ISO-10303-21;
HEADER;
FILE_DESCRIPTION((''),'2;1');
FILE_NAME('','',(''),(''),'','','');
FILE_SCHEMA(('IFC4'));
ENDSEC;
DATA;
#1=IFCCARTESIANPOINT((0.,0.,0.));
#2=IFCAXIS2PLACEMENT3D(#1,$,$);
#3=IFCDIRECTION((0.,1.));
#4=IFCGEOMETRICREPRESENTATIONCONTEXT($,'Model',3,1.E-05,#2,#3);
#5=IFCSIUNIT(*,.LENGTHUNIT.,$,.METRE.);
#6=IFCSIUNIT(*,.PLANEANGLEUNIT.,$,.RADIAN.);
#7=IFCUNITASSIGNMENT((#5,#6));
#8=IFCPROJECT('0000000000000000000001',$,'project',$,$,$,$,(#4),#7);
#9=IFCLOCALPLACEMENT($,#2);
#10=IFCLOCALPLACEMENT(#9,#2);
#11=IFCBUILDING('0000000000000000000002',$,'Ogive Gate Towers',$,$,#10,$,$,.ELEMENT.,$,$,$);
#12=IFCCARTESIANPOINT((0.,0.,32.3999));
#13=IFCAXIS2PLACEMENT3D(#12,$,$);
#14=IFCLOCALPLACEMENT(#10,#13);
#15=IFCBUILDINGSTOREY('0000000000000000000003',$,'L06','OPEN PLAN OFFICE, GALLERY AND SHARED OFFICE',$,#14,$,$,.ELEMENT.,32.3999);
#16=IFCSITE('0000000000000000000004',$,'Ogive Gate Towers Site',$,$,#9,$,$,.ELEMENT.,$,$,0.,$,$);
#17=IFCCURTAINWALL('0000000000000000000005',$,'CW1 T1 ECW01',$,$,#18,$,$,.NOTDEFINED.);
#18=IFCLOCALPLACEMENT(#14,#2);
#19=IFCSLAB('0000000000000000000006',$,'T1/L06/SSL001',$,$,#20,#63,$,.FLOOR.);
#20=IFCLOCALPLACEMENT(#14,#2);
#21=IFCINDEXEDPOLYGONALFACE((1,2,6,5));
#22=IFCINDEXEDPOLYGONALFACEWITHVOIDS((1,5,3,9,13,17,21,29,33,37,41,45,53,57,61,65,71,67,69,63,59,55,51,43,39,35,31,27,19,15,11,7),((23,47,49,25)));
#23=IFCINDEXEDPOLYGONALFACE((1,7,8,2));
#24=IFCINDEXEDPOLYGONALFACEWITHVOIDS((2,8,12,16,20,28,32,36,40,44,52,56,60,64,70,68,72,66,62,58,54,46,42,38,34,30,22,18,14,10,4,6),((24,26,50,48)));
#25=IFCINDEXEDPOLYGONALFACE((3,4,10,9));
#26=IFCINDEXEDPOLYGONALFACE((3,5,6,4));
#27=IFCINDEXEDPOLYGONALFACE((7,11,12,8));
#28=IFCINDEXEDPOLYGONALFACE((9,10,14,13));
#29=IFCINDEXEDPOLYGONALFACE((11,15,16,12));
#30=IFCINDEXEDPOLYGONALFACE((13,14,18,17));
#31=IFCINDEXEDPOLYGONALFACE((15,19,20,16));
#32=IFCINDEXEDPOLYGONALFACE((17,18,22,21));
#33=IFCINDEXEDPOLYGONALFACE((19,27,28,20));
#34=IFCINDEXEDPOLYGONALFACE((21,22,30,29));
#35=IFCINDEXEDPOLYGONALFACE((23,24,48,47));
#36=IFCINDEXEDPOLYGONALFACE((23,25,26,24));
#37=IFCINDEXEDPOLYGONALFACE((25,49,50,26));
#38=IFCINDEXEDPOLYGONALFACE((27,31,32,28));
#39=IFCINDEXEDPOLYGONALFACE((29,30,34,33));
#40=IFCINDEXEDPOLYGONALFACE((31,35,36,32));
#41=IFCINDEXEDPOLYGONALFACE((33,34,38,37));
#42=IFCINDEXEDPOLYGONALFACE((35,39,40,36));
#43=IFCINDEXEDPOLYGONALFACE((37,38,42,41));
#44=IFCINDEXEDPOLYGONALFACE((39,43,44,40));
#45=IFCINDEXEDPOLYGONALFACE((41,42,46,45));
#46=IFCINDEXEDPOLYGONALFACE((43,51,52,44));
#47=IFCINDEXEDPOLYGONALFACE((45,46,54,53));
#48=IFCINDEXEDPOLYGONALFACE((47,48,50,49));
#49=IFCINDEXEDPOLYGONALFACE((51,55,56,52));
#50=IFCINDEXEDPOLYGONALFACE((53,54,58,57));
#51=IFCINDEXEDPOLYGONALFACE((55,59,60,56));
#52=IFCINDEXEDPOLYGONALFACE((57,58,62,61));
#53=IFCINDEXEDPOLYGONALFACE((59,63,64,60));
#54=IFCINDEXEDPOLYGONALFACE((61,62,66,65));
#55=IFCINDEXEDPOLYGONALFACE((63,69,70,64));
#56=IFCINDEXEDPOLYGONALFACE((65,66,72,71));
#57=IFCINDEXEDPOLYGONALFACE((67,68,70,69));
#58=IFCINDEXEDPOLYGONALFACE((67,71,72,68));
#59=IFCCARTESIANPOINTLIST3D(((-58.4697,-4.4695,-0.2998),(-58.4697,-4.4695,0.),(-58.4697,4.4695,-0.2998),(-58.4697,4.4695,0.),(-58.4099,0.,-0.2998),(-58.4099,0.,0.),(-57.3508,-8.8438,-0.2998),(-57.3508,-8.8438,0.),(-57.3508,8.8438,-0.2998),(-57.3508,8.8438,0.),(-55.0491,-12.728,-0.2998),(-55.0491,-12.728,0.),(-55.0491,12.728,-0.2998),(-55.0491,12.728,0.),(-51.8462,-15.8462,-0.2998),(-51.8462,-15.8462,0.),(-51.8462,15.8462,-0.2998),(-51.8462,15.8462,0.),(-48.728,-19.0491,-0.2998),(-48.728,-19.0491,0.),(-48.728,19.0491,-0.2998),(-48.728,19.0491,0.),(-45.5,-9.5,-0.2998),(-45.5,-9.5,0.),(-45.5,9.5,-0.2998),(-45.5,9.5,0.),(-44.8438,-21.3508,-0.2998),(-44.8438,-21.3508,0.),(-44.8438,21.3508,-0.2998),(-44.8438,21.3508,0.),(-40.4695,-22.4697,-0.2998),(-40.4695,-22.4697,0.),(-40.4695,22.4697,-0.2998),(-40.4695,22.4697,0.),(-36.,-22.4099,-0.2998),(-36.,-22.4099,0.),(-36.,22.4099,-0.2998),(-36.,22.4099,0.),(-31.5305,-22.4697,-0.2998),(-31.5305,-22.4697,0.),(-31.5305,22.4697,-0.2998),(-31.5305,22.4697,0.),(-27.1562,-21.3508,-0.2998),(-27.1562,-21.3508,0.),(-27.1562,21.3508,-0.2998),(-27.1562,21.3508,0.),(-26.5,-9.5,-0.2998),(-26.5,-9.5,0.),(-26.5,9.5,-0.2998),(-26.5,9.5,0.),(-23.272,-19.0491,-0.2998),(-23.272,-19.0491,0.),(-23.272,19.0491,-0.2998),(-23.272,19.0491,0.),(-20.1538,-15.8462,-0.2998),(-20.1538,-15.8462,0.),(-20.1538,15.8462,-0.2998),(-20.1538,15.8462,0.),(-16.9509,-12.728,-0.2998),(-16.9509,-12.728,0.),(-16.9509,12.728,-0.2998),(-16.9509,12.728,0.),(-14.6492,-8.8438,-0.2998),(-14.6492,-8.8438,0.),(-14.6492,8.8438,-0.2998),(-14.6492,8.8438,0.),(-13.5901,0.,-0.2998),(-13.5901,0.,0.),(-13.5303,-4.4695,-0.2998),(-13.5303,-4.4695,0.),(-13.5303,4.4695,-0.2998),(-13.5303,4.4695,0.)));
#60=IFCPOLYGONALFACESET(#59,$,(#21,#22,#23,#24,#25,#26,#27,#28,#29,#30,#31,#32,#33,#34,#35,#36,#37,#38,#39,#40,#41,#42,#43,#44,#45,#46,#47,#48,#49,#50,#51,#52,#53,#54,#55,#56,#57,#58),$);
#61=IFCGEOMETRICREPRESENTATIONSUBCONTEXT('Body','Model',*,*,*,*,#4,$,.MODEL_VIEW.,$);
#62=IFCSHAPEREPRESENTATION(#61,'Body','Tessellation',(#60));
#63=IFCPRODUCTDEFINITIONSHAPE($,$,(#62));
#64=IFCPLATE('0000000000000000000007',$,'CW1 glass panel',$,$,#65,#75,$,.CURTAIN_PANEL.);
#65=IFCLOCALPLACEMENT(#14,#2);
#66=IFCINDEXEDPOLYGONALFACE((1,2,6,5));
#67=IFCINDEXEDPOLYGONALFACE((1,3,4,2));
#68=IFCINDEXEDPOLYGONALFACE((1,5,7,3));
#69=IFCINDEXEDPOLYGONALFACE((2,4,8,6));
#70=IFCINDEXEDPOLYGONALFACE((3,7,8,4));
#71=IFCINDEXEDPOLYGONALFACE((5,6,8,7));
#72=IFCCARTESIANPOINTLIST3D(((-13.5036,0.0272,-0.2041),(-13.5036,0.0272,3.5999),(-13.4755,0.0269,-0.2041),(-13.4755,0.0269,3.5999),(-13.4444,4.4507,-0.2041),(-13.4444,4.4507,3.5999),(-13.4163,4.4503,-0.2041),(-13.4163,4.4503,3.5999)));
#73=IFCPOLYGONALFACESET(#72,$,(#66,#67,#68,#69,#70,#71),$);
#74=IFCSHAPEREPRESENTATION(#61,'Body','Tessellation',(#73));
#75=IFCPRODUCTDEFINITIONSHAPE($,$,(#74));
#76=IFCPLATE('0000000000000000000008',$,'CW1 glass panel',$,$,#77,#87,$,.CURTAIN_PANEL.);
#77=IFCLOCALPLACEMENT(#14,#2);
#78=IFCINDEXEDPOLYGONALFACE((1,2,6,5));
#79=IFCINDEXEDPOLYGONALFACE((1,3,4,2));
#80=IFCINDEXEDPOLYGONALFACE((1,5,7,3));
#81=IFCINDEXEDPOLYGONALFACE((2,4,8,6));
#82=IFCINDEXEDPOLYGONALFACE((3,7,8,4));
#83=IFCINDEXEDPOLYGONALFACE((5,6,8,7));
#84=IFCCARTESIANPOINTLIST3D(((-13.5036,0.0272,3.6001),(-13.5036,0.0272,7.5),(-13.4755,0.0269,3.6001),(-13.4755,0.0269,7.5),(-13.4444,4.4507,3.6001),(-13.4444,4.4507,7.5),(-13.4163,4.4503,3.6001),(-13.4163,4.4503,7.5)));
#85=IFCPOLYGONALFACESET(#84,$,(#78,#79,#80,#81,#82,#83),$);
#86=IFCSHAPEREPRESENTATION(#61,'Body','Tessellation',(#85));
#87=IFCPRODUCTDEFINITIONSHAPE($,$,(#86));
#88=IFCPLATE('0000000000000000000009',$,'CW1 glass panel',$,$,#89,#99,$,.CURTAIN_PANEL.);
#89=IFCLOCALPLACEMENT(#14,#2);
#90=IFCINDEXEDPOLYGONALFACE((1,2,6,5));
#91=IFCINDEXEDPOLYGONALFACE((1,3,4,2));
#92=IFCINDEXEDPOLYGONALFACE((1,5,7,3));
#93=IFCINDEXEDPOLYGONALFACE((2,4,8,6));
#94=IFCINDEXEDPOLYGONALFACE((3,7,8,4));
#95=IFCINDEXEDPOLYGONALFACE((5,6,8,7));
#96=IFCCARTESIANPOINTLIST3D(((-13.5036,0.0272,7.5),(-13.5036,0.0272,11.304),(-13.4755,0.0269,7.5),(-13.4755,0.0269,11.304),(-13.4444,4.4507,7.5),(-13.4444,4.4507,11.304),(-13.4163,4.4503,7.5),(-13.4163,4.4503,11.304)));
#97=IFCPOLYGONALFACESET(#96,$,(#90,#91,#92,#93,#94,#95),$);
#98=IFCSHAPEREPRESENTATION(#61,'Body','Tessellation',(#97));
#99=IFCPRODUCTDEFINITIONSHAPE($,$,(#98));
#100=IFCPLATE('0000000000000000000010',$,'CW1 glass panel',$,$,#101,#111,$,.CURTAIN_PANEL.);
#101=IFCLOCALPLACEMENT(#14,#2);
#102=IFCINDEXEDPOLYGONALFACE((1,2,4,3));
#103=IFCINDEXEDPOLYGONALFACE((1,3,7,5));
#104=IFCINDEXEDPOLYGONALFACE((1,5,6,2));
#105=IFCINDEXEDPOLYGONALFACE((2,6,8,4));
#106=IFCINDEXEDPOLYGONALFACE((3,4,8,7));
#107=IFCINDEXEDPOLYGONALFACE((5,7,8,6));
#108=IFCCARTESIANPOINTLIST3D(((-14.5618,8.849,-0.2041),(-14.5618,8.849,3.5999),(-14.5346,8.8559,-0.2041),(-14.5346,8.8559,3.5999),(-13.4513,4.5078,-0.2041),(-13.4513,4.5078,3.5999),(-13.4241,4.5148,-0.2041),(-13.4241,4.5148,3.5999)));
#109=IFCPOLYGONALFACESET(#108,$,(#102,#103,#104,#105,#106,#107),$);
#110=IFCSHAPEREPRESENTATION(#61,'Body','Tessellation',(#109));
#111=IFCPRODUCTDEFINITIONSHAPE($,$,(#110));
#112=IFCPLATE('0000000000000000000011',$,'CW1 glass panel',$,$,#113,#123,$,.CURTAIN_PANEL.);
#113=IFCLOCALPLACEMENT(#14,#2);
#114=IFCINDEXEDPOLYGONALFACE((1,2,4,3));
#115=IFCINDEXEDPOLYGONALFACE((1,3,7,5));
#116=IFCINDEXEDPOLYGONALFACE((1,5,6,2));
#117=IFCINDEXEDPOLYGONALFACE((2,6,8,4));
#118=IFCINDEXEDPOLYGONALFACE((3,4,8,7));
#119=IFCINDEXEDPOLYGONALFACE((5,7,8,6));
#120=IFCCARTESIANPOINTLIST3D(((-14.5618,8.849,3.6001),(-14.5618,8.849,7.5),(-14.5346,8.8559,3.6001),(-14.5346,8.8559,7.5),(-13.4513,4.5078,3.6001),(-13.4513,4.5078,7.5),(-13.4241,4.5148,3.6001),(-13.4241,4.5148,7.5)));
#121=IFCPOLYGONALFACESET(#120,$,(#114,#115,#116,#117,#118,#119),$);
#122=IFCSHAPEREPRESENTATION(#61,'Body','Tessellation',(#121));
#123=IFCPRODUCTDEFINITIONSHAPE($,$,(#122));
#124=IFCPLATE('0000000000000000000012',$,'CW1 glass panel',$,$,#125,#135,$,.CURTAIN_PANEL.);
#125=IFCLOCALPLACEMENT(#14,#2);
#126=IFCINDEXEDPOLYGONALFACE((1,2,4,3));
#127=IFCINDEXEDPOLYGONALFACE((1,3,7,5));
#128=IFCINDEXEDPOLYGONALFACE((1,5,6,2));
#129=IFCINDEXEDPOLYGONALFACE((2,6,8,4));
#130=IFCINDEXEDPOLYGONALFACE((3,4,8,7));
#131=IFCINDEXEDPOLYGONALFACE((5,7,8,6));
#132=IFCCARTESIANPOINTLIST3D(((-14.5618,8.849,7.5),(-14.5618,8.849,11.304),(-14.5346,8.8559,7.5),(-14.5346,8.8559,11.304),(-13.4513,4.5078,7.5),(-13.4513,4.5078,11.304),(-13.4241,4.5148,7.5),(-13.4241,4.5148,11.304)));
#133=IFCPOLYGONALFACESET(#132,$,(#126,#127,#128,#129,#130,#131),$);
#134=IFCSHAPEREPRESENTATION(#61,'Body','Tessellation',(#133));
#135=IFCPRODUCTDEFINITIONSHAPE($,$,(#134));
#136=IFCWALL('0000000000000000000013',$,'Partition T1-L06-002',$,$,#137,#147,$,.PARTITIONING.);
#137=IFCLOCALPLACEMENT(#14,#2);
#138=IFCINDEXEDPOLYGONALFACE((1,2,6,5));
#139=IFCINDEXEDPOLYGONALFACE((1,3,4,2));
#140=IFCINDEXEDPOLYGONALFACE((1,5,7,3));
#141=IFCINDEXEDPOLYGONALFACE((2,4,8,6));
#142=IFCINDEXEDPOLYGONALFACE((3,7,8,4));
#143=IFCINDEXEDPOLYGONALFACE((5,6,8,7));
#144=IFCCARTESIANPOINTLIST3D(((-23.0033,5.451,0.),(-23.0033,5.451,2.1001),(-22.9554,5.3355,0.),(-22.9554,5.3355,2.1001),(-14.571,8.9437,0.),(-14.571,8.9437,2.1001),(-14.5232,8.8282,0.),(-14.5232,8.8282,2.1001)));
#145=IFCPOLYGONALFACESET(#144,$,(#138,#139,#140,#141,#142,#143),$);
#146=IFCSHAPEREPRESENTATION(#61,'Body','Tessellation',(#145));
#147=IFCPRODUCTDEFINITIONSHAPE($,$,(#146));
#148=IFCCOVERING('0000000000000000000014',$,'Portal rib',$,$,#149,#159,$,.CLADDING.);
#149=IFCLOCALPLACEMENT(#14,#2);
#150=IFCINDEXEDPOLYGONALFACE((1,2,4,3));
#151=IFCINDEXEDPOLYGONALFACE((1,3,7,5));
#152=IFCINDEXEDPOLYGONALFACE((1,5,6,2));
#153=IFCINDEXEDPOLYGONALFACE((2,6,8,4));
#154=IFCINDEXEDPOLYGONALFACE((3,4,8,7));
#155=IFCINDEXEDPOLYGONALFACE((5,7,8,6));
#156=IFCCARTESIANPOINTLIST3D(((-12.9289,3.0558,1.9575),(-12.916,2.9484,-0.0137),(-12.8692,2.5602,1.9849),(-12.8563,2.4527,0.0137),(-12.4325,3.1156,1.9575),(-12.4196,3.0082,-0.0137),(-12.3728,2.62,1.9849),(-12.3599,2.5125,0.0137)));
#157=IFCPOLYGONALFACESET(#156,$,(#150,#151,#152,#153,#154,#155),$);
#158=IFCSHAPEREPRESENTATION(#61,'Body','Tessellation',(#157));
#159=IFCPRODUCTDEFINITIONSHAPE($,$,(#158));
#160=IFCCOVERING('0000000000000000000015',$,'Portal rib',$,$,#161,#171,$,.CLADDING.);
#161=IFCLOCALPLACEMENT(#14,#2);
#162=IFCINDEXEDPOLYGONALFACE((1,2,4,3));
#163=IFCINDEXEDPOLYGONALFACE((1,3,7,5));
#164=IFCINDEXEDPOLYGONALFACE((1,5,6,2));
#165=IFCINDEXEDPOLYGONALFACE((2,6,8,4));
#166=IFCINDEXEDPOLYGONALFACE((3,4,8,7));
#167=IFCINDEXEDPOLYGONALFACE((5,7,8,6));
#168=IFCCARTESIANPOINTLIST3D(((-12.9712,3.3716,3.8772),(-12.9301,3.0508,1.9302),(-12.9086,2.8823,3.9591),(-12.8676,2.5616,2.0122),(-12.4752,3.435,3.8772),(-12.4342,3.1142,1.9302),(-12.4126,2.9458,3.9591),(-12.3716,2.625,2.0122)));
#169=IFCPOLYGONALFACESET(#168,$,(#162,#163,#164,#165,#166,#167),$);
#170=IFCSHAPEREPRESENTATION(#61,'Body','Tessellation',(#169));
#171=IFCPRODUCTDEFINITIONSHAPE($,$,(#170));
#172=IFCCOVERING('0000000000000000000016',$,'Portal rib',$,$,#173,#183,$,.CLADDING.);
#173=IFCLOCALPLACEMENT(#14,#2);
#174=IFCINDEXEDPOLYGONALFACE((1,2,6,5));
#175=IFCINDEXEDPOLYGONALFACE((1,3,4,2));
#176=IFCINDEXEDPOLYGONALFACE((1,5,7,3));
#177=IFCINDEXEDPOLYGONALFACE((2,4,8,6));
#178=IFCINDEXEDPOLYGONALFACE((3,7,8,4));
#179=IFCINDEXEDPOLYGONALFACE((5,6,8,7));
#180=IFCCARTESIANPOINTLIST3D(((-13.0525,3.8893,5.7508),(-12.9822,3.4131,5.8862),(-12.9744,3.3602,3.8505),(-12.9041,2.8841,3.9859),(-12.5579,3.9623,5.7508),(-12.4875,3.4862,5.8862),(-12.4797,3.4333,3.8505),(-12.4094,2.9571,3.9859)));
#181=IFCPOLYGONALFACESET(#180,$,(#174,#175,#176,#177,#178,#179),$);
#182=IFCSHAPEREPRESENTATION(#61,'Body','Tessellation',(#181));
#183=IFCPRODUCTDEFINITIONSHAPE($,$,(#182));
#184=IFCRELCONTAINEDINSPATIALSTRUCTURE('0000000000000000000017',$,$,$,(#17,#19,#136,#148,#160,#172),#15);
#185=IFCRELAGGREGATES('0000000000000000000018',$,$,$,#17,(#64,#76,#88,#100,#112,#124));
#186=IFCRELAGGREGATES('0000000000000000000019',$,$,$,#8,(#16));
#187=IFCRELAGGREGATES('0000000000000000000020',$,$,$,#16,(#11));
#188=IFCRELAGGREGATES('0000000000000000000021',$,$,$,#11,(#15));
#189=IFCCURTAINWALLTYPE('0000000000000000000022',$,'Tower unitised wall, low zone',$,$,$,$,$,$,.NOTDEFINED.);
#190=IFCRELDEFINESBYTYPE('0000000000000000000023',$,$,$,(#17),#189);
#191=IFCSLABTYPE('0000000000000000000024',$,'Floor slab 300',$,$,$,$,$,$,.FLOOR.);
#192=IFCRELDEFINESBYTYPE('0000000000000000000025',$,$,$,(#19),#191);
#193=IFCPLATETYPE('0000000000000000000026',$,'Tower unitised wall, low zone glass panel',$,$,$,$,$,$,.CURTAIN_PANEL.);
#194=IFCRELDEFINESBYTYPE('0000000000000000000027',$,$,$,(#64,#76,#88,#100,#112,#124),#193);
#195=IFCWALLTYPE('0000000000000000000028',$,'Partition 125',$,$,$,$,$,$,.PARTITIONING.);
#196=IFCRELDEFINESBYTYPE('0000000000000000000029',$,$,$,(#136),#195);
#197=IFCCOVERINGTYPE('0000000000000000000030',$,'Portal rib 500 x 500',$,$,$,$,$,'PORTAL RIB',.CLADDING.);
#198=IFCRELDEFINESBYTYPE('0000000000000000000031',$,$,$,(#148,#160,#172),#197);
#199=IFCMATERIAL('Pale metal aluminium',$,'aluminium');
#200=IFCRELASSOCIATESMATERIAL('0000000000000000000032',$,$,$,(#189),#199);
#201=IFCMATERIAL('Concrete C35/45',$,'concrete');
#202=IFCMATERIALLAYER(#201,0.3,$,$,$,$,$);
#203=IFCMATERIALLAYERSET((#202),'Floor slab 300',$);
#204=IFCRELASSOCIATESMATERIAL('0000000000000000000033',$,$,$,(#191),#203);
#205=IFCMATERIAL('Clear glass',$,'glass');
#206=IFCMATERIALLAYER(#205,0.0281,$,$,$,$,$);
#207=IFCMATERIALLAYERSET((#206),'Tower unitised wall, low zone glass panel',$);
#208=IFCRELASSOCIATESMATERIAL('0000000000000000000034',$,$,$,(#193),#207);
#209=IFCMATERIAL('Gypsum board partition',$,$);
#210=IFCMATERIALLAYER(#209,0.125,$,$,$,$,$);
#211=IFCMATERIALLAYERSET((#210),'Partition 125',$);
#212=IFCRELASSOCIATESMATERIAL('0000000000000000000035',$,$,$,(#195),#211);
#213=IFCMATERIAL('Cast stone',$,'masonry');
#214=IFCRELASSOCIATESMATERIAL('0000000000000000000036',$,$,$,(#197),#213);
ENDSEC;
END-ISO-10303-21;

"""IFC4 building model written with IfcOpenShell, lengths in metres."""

from ifc_helpers import new_model, si_unit, direction, frame, frame_2d, origin, origin_2d, place, context, subcontext, project, spatial, polyline, rectangle, outline, extrude, material, layer, layer_set, material_profile, profile_set, type_object, element, aggregate, save


model = new_model("IFC4")

# Units and contexts
model_context = context("Model", 3, precision=1e-05, world=origin(), true_north=direction((0.0, 1.0)))
body_context = subcontext(model_context, "Body", "Model", "MODEL_VIEW")
ifc_project = project(units=[si_unit("LENGTHUNIT", "METRE"), si_unit("PLANEANGLEUNIT", "RADIAN")], contexts=[model_context])

# Site, building, storey
site_placement = place(None, origin())
site = spatial("IfcSite", under=ifc_project, at=site_placement, Name="Ogive Gate Towers Site", CompositionType="ELEMENT", RefElevation=0.0)
building_placement = place(site_placement, origin())
building = spatial("IfcBuilding", under=site, at=building_placement, Name="Ogive Gate Towers", CompositionType="ELEMENT")
storey_placement = place(building_placement, frame((0.0, 0.0, 32.3999)))
storey = spatial("IfcBuildingStorey", under=building, at=storey_placement, Name="L06", Description="OPEN PLAN OFFICE, GALLERY AND SHARED OFFICE", CompositionType="ELEMENT", Elevation=32.3999)

# Curtain wall
ifc_material_1 = material(Name="Pale metal aluminium", Category="aluminium")
curtain_wall_type = type_object("IfcCurtainWallType", Name="Tower unitised wall, low zone", PredefinedType="NOTDEFINED", material=ifc_material_1)
curtain_wall_placement = place(storey_placement, origin())
curtain_wall = element("IfcCurtainWall", 1, at=curtain_wall_placement, inside=storey, type_object=curtain_wall_type, Name="CW1 T1 ECW01", PredefinedType="NOTDEFINED")

# Slab
ifc_material_2 = material(Name="Concrete C35/45", Category="concrete")
ifc_layer_1 = layer(ifc_material_2, 0.3)
ifc_layer_set_1 = layer_set([ifc_layer_1], Name="Floor slab 300")
slab_type = type_object("IfcSlabType", Name="Floor slab 300", PredefinedType="FLOOR", material=ifc_layer_set_1)
slab_placement = place(storey_placement, frame((0.0, 0.0, -0.2998)))
element("IfcSlab", 2, at=slab_placement, inside=storey, type_object=slab_type, Name="T1/L06/SSL001", PredefinedType="FLOOR", context=body_context, shape_type="SweptSolid", body=[
    extrude(outline(polyline([(-13.5303, -4.4695), (-13.5901, 0.0), (-13.5303, 4.4695), (-14.6492, 8.8438), (-16.9509, 12.728), (-20.1538, 15.8462), (-23.272, 19.0491), (-27.1562, 21.3508), (-31.5305, 22.4697), (-36.0, 22.4099), (-40.4695, 22.4697), (-44.8438, 21.3508), (-48.728, 19.0491), (-51.8462, 15.8462), (-55.0491, 12.728), (-57.3508, 8.8438), (-58.4697, 4.4695), (-58.4099, 0.0), (-58.4697, -4.4695), (-57.3508, -8.8438), (-55.0491, -12.728), (-51.8462, -15.8462), (-48.728, -19.0491), (-44.8438, -21.3508), (-40.4695, -22.4697), (-36.0, -22.4099), (-31.5305, -22.4697), (-27.1562, -21.3508), (-23.272, -19.0491), (-20.1538, -15.8462), (-16.9509, -12.728), (-14.6492, -8.8438), (-13.5303, -4.4695)]), holes=[polyline([(-26.5, -9.5), (-45.5, -9.5), (-45.5, 9.5), (-26.5, 9.5), (-26.5, -9.5)])]), origin(), (0.0, 0.0, 1.0), 0.2998),
])

# Plates
ifc_material_3 = material(Name="Clear glass", Category="glass")
ifc_layer_2 = layer(ifc_material_3, 0.0281)
ifc_layer_set_2 = layer_set([ifc_layer_2], Name="Tower unitised wall, low zone glass panel")
plate_type = type_object("IfcPlateType", Name="Tower unitised wall, low zone glass panel", PredefinedType="CURTAIN_PANEL", material=ifc_layer_set_2)
plate_1_placement = place(storey_placement, frame((-13.46, 2.2388, -0.2041), z_axis=(0.0, 0.0, 1.0), x_axis=(0.013386, 0.99991, 0.0)))
plate_1 = element("IfcPlate", 3, at=plate_1_placement, type_object=plate_type, Name="CW1 glass panel", PredefinedType="CURTAIN_PANEL", context=body_context, shape_type="SweptSolid", body=[
    extrude(rectangle(XDim=4.4238, YDim=0.0281, at=origin_2d()), origin(), (0.0, 0.0, 1.0), 3.804),
])
plate_2_placement = place(storey_placement, frame((-13.46, 2.2388, 3.6001), z_axis=(0.0, 0.0, 1.0), x_axis=(0.013386, 0.99991, 0.0)))
plate_2 = element("IfcPlate", 4, at=plate_2_placement, type_object=plate_type, Name="CW1 glass panel", PredefinedType="CURTAIN_PANEL", context=body_context, shape_type="SweptSolid", body=[
    extrude(rectangle(XDim=4.4238, YDim=0.0281, at=origin_2d()), origin(), (0.0, 0.0, 1.0), 3.8999),
])
plate_3_placement = place(storey_placement, frame((-13.46, 2.2388, 7.5), z_axis=(0.0, 0.0, 1.0), x_axis=(0.013386, 0.99991, 0.0)))
plate_3 = element("IfcPlate", 5, at=plate_3_placement, type_object=plate_type, Name="CW1 glass panel", PredefinedType="CURTAIN_PANEL", context=body_context, shape_type="SweptSolid", body=[
    extrude(rectangle(XDim=4.4238, YDim=0.0281, at=origin_2d()), origin(), (0.0, 0.0, 1.0), 3.804),
])
plate_4_placement = place(storey_placement, frame((-13.9929, 6.6819, -0.2041), z_axis=(0.0, 0.0, 1.0), x_axis=(-0.247828, 0.968804, 0.0)))
plate_4 = element("IfcPlate", 6, at=plate_4_placement, type_object=plate_type, Name="CW1 glass panel", PredefinedType="CURTAIN_PANEL", context=body_context, shape_type="SweptSolid", body=[
    extrude(rectangle(XDim=4.481, YDim=0.0281, at=origin_2d()), origin(), (0.0, 0.0, 1.0), 3.804),
])
plate_5_placement = place(storey_placement, frame((-13.9929, 6.6819, 3.6001), z_axis=(0.0, 0.0, 1.0), x_axis=(-0.247828, 0.968804, 0.0)))
plate_5 = element("IfcPlate", 7, at=plate_5_placement, type_object=plate_type, Name="CW1 glass panel", PredefinedType="CURTAIN_PANEL", context=body_context, shape_type="SweptSolid", body=[
    extrude(rectangle(XDim=4.481, YDim=0.0281, at=origin_2d()), origin(), (0.0, 0.0, 1.0), 3.8999),
])
plate_6_placement = place(storey_placement, frame((-13.9929, 6.6819, 7.5), z_axis=(0.0, 0.0, 1.0), x_axis=(-0.247828, 0.968804, 0.0)))
plate_6 = element("IfcPlate", 8, at=plate_6_placement, type_object=plate_type, Name="CW1 glass panel", PredefinedType="CURTAIN_PANEL", context=body_context, shape_type="SweptSolid", body=[
    extrude(rectangle(XDim=4.481, YDim=0.0281, at=origin_2d()), origin(), (0.0, 0.0, 1.0), 3.804),
])
aggregate(curtain_wall, [plate_1, plate_2, plate_3, plate_4, plate_5, plate_6])

# Wall
ifc_material_4 = material(Name="Gypsum board partition")
ifc_layer_3 = layer(ifc_material_4, 0.125)
ifc_layer_set_3 = layer_set([ifc_layer_3], Name="Partition 125")
wall_type = type_object("IfcWallType", Name="Partition 125", PredefinedType="PARTITIONING", material=ifc_layer_set_3)
wall_placement = place(storey_placement, frame((-14.5471, 8.886, 0.0), z_axis=(0.0, 0.0, 1.0), x_axis=(-0.923881, -0.382681, 0.0)))
element("IfcWall", 9, at=wall_placement, inside=storey, type_object=wall_type, Name="Partition T1-L06-002", PredefinedType="PARTITIONING", context=body_context, shape_type="SweptSolid", body=[
    extrude(rectangle(XDim=9.127, YDim=0.125, at=frame_2d((4.5635, 0.0))), origin(), (0.0, 0.0, 1.0), 2.1001),
])

# Coverings
ifc_material_5 = material(Name="Cast stone", Category="masonry")
ifc_material_profile_1 = material_profile(ifc_material_5, rectangle(XDim=0.5, YDim=0.5, at=origin_2d()), Name="500 x 500 cast stone")
ifc_profile_set_1 = profile_set([ifc_material_profile_1], Name="Cast stone")
covering_type = type_object("IfcCoveringType", Name="Portal rib 500 x 500", ElementType="PORTAL RIB", PredefinedType="CLADDING", material=ifc_profile_set_1)
covering_1_placement = place(storey_placement, frame((-12.6379, 2.7305, 0.0), z_axis=(-0.006554, 0.054414, 0.998497), x_axis=(-0.992823, -0.11959, 0.0)))
element("IfcCovering", 10, at=covering_1_placement, inside=storey, type_object=covering_type, Name="Portal rib", PredefinedType="CLADDING", context=body_context, shape_type="SweptSolid", body=[
    extrude(rectangle(XDim=0.5, YDim=0.5, at=origin_2d()), origin(), (0.0, 0.0, 1.0), 1.9741),
])
covering_2_placement = place(storey_placement, frame((-12.6509, 2.8379, 1.9712), z_axis=(-0.020781, 0.162538, 0.986483), x_axis=(-0.991926, -0.126822, 0.0)))
element("IfcCovering", 11, at=covering_2_placement, inside=storey, type_object=covering_type, Name="Portal rib", PredefinedType="CLADDING", context=body_context, shape_type="SweptSolid", body=[
    extrude(rectangle(XDim=0.5, YDim=0.5, at=origin_2d()), origin(), (0.0, 0.0, 1.0), 1.9736),
])
covering_3_placement = place(storey_placement, frame((-12.6919, 3.1587, 3.9182), z_axis=(-0.039573, 0.267983, 0.962611), x_axis=(-0.989272, -0.146085, 0.0)))
element("IfcCovering", 12, at=covering_3_placement, inside=storey, type_object=covering_type, Name="Portal rib", PredefinedType="CLADDING", context=body_context, shape_type="SweptSolid", body=[
    extrude(rectangle(XDim=0.5, YDim=0.5, at=origin_2d()), origin(), (0.0, 0.0, 1.0), 1.9741),
])

save(model, "model.ifc")
